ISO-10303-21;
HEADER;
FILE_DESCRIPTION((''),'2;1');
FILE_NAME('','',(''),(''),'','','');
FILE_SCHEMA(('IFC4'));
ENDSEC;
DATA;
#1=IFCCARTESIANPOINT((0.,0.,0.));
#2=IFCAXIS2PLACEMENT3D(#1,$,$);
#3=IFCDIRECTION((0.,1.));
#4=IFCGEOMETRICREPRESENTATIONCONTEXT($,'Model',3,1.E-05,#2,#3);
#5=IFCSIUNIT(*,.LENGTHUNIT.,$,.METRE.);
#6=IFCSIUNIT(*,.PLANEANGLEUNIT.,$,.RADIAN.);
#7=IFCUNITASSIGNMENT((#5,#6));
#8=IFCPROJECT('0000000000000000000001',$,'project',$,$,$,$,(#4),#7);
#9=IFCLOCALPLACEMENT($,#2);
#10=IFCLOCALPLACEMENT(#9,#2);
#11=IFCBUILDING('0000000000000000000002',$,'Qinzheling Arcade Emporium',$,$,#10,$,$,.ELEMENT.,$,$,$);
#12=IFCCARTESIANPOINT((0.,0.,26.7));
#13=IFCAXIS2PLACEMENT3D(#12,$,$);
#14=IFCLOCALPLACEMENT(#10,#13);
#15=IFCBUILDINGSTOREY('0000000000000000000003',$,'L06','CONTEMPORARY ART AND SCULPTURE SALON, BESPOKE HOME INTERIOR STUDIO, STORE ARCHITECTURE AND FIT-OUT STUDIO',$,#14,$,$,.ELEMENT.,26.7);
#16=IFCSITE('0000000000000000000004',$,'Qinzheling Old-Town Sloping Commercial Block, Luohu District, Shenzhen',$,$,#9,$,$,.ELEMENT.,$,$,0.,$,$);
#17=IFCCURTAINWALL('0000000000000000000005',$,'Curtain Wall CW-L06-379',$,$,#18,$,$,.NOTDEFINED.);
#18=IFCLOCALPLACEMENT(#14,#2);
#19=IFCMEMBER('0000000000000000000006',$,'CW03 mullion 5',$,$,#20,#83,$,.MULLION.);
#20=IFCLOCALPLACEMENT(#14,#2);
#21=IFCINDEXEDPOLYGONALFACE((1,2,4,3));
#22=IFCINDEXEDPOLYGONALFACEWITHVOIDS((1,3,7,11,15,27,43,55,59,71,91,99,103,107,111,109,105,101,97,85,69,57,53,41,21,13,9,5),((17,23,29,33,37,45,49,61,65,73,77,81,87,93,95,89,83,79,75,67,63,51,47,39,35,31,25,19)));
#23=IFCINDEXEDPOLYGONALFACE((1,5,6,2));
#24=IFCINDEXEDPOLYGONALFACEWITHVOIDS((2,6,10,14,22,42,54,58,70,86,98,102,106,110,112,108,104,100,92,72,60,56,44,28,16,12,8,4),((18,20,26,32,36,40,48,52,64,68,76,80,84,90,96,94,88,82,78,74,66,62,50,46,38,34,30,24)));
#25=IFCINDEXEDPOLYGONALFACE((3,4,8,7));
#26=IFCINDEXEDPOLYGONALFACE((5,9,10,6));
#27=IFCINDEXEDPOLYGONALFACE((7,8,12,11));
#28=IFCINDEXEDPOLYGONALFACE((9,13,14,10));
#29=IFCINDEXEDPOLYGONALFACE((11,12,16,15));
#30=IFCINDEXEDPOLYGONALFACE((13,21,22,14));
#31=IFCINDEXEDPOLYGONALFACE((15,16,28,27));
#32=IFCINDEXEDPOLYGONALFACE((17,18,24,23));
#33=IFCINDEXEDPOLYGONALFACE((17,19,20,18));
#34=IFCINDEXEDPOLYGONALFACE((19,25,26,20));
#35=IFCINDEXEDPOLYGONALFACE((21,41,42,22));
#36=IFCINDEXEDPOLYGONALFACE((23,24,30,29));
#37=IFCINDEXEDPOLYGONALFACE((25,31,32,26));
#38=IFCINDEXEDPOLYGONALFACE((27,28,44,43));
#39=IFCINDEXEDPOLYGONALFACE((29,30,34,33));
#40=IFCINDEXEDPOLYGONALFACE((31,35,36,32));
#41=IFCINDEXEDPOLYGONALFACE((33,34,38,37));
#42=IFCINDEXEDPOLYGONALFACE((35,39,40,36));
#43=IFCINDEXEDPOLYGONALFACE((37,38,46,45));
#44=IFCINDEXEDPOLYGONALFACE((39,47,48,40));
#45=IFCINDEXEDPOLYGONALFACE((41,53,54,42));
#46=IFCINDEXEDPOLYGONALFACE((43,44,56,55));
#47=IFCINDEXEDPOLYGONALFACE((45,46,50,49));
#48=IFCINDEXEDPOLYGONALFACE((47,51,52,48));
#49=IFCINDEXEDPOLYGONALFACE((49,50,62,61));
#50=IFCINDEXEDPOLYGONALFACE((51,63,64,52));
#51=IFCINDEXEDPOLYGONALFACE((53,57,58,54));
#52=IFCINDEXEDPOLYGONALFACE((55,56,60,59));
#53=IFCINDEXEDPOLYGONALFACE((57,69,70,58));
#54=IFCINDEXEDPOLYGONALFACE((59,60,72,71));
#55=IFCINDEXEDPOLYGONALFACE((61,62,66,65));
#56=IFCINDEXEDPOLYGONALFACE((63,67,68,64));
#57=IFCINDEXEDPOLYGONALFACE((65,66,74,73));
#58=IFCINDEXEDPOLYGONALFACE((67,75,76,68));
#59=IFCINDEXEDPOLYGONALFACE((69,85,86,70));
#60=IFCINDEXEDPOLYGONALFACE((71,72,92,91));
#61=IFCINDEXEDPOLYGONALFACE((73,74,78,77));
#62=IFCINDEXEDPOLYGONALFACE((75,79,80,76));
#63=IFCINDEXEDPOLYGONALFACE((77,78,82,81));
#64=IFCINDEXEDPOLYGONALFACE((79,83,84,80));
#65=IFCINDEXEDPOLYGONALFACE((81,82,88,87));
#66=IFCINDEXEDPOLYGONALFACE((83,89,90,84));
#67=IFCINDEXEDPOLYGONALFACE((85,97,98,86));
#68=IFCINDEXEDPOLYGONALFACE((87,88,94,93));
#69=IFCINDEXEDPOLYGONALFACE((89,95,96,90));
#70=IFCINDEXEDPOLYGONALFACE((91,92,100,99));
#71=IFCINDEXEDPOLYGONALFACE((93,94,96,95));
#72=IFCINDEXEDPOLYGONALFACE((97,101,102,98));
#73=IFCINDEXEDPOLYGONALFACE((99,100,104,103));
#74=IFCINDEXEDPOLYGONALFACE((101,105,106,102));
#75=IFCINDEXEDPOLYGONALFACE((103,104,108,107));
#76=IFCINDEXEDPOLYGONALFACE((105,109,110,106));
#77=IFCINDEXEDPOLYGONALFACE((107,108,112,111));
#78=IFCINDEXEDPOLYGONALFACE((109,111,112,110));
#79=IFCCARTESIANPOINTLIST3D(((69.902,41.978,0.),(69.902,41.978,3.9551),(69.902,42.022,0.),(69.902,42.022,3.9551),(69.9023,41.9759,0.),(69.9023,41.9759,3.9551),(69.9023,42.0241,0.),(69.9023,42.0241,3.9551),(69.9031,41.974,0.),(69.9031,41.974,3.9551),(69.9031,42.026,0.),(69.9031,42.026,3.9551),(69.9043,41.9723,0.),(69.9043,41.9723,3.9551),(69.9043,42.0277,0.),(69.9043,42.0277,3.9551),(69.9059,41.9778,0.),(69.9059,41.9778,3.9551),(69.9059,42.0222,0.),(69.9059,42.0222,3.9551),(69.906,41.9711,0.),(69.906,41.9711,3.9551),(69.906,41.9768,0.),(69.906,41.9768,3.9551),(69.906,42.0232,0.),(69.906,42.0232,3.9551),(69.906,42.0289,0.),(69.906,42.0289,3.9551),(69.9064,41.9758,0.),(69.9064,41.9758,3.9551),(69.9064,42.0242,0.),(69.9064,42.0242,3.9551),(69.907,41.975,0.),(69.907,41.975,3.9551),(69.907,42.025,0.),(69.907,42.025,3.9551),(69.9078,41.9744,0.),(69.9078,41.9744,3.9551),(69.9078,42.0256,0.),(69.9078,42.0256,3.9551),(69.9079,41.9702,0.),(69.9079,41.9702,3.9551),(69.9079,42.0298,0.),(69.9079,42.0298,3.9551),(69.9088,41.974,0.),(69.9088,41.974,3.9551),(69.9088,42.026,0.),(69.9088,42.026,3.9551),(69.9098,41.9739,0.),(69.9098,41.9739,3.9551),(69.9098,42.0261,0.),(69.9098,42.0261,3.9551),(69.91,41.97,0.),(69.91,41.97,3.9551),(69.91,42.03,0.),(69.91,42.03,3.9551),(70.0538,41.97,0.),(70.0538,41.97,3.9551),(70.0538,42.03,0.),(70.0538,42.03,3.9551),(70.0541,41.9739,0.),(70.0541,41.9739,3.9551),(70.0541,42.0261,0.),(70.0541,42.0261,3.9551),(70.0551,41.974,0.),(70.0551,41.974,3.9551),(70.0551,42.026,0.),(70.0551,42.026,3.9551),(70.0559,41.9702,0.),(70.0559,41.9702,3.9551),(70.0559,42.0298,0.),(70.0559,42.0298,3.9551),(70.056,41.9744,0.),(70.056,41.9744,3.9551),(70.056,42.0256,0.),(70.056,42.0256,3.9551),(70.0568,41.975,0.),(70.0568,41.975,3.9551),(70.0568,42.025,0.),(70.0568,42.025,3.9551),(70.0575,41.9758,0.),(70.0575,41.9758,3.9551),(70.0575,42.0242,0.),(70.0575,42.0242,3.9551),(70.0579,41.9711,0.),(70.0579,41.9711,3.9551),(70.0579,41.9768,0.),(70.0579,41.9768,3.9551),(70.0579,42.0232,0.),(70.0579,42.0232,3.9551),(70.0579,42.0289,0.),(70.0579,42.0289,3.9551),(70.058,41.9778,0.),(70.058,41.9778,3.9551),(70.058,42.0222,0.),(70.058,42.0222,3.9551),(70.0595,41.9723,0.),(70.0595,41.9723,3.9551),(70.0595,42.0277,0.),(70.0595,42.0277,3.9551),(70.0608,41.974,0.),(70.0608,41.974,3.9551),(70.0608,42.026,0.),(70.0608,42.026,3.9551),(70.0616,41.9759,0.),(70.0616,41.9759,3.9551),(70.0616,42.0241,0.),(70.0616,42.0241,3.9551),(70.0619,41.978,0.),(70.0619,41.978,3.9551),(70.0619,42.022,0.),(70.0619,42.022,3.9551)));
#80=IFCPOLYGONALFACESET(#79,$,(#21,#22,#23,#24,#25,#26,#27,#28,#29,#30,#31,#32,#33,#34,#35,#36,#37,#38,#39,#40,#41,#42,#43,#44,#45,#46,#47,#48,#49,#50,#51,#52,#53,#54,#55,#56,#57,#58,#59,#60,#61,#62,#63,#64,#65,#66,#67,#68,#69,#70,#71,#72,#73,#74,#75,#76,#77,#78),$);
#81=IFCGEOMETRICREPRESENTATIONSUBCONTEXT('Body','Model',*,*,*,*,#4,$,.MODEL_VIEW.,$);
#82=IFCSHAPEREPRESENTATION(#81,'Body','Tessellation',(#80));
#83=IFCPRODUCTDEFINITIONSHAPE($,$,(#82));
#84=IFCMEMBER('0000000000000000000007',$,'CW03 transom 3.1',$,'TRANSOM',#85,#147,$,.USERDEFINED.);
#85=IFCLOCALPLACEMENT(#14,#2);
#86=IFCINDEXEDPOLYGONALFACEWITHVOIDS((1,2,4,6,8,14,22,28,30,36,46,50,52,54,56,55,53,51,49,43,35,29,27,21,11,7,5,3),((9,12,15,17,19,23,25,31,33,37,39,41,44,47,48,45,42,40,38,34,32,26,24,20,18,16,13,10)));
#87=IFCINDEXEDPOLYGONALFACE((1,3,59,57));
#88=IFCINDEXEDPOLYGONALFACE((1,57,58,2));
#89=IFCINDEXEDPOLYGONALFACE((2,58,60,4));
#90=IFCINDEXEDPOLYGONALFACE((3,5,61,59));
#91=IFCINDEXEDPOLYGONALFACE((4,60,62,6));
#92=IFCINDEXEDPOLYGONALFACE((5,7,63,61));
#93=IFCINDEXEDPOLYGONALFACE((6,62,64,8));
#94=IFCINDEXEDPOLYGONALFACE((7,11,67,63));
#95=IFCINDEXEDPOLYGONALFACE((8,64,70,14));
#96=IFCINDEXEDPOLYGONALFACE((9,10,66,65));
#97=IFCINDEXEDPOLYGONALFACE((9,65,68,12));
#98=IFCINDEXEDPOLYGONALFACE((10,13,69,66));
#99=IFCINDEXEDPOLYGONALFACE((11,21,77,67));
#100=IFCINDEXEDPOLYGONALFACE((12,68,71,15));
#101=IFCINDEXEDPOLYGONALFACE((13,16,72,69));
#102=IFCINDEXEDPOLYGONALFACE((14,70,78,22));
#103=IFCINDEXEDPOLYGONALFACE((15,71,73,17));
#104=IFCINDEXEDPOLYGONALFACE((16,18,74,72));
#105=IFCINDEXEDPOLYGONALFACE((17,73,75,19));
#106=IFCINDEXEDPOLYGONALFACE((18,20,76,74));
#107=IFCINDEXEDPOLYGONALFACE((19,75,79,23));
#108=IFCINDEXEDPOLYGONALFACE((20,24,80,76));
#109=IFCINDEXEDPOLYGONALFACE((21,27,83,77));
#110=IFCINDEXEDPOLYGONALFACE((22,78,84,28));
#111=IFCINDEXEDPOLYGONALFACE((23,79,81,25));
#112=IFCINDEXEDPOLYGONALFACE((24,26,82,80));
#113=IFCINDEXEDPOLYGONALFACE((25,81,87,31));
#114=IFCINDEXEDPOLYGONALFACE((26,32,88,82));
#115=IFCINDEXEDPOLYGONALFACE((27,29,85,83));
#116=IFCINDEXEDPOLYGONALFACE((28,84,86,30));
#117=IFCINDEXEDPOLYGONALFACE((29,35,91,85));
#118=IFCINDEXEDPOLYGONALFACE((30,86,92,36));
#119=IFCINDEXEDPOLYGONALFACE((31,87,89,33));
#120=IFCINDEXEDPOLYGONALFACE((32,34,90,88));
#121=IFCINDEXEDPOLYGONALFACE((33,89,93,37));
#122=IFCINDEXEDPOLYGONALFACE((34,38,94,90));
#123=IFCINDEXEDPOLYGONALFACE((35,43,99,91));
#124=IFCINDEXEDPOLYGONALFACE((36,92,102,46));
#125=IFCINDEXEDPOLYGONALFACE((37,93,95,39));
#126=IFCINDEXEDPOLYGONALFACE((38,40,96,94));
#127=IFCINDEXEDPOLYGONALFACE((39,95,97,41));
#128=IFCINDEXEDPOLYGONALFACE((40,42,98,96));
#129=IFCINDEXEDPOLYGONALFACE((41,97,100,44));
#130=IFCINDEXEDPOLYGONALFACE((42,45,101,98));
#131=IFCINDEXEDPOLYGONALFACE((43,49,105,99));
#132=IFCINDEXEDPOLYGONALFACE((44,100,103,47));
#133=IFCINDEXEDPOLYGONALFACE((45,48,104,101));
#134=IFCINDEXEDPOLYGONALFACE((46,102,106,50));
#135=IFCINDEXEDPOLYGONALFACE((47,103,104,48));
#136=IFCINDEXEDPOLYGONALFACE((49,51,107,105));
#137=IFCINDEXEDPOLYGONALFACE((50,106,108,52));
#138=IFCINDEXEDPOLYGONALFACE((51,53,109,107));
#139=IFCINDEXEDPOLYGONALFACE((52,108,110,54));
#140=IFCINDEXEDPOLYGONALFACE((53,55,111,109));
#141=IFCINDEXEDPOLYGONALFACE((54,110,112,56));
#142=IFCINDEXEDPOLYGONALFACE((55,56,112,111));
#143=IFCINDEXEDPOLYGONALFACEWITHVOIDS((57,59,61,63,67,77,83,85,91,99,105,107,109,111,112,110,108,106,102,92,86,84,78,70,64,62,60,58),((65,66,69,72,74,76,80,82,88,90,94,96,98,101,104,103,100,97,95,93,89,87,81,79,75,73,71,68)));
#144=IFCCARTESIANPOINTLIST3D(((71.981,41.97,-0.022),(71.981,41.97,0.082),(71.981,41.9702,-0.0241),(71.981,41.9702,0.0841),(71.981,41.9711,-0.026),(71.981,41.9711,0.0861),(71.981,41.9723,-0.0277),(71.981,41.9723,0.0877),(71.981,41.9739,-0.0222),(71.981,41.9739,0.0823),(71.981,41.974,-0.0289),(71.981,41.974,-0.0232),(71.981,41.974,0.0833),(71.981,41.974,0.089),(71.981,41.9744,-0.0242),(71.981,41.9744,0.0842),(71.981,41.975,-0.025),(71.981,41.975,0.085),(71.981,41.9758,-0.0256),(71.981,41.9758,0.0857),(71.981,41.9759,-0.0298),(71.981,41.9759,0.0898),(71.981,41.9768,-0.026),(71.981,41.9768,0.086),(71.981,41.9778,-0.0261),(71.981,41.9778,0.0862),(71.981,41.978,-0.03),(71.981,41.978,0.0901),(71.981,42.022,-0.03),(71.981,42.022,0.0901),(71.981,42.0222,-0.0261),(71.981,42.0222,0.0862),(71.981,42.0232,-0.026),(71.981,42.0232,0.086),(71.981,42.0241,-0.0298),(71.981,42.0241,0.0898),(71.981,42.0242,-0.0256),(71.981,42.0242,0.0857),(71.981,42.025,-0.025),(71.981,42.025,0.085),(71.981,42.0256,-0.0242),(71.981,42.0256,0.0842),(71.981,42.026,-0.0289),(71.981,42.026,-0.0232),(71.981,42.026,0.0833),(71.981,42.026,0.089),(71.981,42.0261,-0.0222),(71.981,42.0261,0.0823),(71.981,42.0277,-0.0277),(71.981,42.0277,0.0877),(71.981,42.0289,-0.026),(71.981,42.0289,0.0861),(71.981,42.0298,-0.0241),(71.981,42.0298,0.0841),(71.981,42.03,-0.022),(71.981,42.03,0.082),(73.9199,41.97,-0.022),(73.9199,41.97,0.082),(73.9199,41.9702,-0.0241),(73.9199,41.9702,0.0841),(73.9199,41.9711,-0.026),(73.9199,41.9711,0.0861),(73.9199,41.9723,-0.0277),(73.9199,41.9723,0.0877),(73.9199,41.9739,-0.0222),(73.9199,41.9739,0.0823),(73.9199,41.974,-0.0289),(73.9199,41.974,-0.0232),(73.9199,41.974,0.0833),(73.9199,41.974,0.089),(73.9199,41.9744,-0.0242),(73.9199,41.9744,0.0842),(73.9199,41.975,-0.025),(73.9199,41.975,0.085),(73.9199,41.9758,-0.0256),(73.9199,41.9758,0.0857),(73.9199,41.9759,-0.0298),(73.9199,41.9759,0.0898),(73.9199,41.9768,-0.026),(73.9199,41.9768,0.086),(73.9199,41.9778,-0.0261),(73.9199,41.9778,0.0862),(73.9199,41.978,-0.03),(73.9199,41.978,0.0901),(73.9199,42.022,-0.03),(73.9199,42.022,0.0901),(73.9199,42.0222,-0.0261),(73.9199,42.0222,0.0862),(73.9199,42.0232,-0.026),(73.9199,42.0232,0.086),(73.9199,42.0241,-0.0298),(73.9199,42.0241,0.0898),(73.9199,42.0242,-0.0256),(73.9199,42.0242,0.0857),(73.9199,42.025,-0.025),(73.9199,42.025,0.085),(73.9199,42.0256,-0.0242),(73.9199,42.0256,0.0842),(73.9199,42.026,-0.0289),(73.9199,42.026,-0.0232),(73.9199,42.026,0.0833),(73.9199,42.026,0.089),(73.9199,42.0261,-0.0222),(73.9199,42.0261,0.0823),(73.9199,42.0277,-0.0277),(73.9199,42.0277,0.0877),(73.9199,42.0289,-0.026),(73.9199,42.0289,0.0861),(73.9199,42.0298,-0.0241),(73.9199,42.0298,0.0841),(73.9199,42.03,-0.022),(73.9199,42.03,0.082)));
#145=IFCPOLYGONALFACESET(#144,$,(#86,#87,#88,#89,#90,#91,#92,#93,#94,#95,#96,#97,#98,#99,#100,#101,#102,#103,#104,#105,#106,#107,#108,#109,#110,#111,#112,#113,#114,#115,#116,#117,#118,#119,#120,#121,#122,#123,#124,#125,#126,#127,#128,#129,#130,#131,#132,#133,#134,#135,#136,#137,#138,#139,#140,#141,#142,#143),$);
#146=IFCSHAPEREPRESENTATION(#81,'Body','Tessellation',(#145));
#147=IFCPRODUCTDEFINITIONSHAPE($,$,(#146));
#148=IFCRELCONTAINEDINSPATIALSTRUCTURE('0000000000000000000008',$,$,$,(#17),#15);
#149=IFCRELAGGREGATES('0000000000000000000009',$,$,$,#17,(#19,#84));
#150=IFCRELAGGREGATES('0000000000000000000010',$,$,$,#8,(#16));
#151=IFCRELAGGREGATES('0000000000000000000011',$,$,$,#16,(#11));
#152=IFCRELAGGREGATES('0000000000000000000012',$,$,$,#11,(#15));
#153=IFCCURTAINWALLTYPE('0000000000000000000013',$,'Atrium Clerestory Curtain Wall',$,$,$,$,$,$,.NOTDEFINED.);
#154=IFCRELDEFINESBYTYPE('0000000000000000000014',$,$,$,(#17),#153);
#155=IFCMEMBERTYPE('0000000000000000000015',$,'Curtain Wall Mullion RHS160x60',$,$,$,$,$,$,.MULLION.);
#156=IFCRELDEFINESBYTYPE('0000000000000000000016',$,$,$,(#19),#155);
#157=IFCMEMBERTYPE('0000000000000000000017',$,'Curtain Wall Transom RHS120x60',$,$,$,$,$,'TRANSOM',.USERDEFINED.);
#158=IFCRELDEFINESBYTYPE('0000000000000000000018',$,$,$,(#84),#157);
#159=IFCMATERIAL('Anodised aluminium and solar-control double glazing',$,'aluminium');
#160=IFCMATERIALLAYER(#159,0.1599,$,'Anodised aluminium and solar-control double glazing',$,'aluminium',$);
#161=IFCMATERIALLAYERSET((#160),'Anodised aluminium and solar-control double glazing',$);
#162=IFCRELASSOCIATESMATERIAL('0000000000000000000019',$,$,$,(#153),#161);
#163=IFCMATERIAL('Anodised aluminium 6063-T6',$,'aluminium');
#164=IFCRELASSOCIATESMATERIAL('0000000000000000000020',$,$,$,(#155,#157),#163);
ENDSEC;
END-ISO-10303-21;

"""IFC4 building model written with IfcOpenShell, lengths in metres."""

from ifc_helpers import new_model, si_unit, direction, frame, origin, origin_2d, place, context, subcontext, project, spatial, hollow_rectangle, extrude, material, layer, layer_set, material_profile, profile_set, type_object, element, aggregate, save


model = new_model("IFC4")

# Units and contexts
model_context = context("Model", 3, precision=1e-05, world=origin(), true_north=direction((0.0, 1.0)))
body_context = subcontext(model_context, "Body", "Model", "MODEL_VIEW")
ifc_project = project(units=[si_unit("LENGTHUNIT", "METRE"), si_unit("PLANEANGLEUNIT", "RADIAN")], contexts=[model_context])

# Site, building, storey
site_placement = place(None, origin())
site = spatial("IfcSite", under=ifc_project, at=site_placement, Name="Qinzheling Old-Town Sloping Commercial Block, Luohu District, Shenzhen", CompositionType="ELEMENT", RefElevation=0.0)
building_placement = place(site_placement, origin())
building = spatial("IfcBuilding", under=site, at=building_placement, Name="Qinzheling Arcade Emporium", CompositionType="ELEMENT")
storey_placement = place(building_placement, frame((0.0, 0.0, 26.7)))
storey = spatial("IfcBuildingStorey", under=building, at=storey_placement, Name="L06", Description="CONTEMPORARY ART AND SCULPTURE SALON, BESPOKE HOME INTERIOR STUDIO, STORE ARCHITECTURE AND FIT-OUT STUDIO", CompositionType="ELEMENT", Elevation=26.7)

# Curtain wall, members
ifc_material_1 = material(Name="Anodised aluminium and solar-control double glazing", Category="aluminium")
ifc_layer_1 = layer(ifc_material_1, 0.1599, Name="Anodised aluminium and solar-control double glazing", Category="aluminium")
ifc_layer_set_1 = layer_set([ifc_layer_1], Name="Anodised aluminium and solar-control double glazing")
curtain_wall_type_1 = type_object("IfcCurtainWallType", Name="Atrium Clerestory Curtain Wall", PredefinedType="NOTDEFINED", material=ifc_layer_set_1)
curtain_wall_1_placement = place(storey_placement, origin())
curtain_wall_1 = element("IfcCurtainWall", 1, at=curtain_wall_1_placement, inside=storey, type_object=curtain_wall_type_1, Name="Curtain Wall CW-L06-379", PredefinedType="NOTDEFINED")
ifc_material_2 = material(Name="Anodised aluminium 6063-T6", Category="aluminium")
ifc_material_profile_1 = material_profile(ifc_material_2, hollow_rectangle(XDim=0.0601, YDim=0.1599, WallThickness=0.0039, InnerFilletRadius=0.0039, OuterFilletRadius=0.0081, at=origin_2d()), Name="RHS 160x60x4", Category="aluminium")
ifc_profile_set_1 = profile_set([ifc_material_profile_1], Name="Anodised aluminium 6063-T6")
member_type_1 = type_object("IfcMemberType", Name="Curtain Wall Mullion RHS160x60", PredefinedType="MULLION", material=ifc_profile_set_1)
member_1_placement = place(storey_placement, frame((69.9819, 42.0, 0.0), z_axis=(0.0, 0.0, 1.0), x_axis=(0.0, -1.0, 0.0)))
member_1 = element("IfcMember", 2, at=member_1_placement, type_object=member_type_1, Name="CW03 mullion 5", PredefinedType="MULLION", context=body_context, shape_type="SweptSolid", body=[
    extrude(hollow_rectangle(XDim=0.0601, YDim=0.1599, WallThickness=0.0039, InnerFilletRadius=0.0039, OuterFilletRadius=0.0081, at=origin_2d()), origin(), (0.0, 0.0, 1.0), 3.9551),
])
ifc_material_profile_2 = material_profile(ifc_material_2, hollow_rectangle(XDim=0.0601, YDim=0.1201, WallThickness=0.0039, InnerFilletRadius=0.0039, OuterFilletRadius=0.0081, at=origin_2d()), Name="RHS 120x60x4", Category="aluminium")
ifc_profile_set_2 = profile_set([ifc_material_profile_2], Name="Anodised aluminium 6063-T6")
member_type_2 = type_object("IfcMemberType", Name="Curtain Wall Transom RHS120x60", ElementType="TRANSOM", PredefinedType="USERDEFINED", material=ifc_profile_set_2)
member_2_placement = place(storey_placement, frame((73.9199, 42.0, 0.03), z_axis=(-1.0, 0.0, 0.0), x_axis=(0.0, -1.0, 0.0)))
member_2 = element("IfcMember", 3, at=member_2_placement, type_object=member_type_2, Name="CW03 transom 3.1", ObjectType="TRANSOM", PredefinedType="USERDEFINED", context=body_context, shape_type="SweptSolid", body=[
    extrude(hollow_rectangle(XDim=0.0601, YDim=0.1201, WallThickness=0.0039, InnerFilletRadius=0.0039, OuterFilletRadius=0.0081, at=origin_2d()), origin(), (0.0, 0.0, 1.0), 1.939),
])

aggregate(curtain_wall_1, [member_1, member_2])

save(model, "model.ifc")
